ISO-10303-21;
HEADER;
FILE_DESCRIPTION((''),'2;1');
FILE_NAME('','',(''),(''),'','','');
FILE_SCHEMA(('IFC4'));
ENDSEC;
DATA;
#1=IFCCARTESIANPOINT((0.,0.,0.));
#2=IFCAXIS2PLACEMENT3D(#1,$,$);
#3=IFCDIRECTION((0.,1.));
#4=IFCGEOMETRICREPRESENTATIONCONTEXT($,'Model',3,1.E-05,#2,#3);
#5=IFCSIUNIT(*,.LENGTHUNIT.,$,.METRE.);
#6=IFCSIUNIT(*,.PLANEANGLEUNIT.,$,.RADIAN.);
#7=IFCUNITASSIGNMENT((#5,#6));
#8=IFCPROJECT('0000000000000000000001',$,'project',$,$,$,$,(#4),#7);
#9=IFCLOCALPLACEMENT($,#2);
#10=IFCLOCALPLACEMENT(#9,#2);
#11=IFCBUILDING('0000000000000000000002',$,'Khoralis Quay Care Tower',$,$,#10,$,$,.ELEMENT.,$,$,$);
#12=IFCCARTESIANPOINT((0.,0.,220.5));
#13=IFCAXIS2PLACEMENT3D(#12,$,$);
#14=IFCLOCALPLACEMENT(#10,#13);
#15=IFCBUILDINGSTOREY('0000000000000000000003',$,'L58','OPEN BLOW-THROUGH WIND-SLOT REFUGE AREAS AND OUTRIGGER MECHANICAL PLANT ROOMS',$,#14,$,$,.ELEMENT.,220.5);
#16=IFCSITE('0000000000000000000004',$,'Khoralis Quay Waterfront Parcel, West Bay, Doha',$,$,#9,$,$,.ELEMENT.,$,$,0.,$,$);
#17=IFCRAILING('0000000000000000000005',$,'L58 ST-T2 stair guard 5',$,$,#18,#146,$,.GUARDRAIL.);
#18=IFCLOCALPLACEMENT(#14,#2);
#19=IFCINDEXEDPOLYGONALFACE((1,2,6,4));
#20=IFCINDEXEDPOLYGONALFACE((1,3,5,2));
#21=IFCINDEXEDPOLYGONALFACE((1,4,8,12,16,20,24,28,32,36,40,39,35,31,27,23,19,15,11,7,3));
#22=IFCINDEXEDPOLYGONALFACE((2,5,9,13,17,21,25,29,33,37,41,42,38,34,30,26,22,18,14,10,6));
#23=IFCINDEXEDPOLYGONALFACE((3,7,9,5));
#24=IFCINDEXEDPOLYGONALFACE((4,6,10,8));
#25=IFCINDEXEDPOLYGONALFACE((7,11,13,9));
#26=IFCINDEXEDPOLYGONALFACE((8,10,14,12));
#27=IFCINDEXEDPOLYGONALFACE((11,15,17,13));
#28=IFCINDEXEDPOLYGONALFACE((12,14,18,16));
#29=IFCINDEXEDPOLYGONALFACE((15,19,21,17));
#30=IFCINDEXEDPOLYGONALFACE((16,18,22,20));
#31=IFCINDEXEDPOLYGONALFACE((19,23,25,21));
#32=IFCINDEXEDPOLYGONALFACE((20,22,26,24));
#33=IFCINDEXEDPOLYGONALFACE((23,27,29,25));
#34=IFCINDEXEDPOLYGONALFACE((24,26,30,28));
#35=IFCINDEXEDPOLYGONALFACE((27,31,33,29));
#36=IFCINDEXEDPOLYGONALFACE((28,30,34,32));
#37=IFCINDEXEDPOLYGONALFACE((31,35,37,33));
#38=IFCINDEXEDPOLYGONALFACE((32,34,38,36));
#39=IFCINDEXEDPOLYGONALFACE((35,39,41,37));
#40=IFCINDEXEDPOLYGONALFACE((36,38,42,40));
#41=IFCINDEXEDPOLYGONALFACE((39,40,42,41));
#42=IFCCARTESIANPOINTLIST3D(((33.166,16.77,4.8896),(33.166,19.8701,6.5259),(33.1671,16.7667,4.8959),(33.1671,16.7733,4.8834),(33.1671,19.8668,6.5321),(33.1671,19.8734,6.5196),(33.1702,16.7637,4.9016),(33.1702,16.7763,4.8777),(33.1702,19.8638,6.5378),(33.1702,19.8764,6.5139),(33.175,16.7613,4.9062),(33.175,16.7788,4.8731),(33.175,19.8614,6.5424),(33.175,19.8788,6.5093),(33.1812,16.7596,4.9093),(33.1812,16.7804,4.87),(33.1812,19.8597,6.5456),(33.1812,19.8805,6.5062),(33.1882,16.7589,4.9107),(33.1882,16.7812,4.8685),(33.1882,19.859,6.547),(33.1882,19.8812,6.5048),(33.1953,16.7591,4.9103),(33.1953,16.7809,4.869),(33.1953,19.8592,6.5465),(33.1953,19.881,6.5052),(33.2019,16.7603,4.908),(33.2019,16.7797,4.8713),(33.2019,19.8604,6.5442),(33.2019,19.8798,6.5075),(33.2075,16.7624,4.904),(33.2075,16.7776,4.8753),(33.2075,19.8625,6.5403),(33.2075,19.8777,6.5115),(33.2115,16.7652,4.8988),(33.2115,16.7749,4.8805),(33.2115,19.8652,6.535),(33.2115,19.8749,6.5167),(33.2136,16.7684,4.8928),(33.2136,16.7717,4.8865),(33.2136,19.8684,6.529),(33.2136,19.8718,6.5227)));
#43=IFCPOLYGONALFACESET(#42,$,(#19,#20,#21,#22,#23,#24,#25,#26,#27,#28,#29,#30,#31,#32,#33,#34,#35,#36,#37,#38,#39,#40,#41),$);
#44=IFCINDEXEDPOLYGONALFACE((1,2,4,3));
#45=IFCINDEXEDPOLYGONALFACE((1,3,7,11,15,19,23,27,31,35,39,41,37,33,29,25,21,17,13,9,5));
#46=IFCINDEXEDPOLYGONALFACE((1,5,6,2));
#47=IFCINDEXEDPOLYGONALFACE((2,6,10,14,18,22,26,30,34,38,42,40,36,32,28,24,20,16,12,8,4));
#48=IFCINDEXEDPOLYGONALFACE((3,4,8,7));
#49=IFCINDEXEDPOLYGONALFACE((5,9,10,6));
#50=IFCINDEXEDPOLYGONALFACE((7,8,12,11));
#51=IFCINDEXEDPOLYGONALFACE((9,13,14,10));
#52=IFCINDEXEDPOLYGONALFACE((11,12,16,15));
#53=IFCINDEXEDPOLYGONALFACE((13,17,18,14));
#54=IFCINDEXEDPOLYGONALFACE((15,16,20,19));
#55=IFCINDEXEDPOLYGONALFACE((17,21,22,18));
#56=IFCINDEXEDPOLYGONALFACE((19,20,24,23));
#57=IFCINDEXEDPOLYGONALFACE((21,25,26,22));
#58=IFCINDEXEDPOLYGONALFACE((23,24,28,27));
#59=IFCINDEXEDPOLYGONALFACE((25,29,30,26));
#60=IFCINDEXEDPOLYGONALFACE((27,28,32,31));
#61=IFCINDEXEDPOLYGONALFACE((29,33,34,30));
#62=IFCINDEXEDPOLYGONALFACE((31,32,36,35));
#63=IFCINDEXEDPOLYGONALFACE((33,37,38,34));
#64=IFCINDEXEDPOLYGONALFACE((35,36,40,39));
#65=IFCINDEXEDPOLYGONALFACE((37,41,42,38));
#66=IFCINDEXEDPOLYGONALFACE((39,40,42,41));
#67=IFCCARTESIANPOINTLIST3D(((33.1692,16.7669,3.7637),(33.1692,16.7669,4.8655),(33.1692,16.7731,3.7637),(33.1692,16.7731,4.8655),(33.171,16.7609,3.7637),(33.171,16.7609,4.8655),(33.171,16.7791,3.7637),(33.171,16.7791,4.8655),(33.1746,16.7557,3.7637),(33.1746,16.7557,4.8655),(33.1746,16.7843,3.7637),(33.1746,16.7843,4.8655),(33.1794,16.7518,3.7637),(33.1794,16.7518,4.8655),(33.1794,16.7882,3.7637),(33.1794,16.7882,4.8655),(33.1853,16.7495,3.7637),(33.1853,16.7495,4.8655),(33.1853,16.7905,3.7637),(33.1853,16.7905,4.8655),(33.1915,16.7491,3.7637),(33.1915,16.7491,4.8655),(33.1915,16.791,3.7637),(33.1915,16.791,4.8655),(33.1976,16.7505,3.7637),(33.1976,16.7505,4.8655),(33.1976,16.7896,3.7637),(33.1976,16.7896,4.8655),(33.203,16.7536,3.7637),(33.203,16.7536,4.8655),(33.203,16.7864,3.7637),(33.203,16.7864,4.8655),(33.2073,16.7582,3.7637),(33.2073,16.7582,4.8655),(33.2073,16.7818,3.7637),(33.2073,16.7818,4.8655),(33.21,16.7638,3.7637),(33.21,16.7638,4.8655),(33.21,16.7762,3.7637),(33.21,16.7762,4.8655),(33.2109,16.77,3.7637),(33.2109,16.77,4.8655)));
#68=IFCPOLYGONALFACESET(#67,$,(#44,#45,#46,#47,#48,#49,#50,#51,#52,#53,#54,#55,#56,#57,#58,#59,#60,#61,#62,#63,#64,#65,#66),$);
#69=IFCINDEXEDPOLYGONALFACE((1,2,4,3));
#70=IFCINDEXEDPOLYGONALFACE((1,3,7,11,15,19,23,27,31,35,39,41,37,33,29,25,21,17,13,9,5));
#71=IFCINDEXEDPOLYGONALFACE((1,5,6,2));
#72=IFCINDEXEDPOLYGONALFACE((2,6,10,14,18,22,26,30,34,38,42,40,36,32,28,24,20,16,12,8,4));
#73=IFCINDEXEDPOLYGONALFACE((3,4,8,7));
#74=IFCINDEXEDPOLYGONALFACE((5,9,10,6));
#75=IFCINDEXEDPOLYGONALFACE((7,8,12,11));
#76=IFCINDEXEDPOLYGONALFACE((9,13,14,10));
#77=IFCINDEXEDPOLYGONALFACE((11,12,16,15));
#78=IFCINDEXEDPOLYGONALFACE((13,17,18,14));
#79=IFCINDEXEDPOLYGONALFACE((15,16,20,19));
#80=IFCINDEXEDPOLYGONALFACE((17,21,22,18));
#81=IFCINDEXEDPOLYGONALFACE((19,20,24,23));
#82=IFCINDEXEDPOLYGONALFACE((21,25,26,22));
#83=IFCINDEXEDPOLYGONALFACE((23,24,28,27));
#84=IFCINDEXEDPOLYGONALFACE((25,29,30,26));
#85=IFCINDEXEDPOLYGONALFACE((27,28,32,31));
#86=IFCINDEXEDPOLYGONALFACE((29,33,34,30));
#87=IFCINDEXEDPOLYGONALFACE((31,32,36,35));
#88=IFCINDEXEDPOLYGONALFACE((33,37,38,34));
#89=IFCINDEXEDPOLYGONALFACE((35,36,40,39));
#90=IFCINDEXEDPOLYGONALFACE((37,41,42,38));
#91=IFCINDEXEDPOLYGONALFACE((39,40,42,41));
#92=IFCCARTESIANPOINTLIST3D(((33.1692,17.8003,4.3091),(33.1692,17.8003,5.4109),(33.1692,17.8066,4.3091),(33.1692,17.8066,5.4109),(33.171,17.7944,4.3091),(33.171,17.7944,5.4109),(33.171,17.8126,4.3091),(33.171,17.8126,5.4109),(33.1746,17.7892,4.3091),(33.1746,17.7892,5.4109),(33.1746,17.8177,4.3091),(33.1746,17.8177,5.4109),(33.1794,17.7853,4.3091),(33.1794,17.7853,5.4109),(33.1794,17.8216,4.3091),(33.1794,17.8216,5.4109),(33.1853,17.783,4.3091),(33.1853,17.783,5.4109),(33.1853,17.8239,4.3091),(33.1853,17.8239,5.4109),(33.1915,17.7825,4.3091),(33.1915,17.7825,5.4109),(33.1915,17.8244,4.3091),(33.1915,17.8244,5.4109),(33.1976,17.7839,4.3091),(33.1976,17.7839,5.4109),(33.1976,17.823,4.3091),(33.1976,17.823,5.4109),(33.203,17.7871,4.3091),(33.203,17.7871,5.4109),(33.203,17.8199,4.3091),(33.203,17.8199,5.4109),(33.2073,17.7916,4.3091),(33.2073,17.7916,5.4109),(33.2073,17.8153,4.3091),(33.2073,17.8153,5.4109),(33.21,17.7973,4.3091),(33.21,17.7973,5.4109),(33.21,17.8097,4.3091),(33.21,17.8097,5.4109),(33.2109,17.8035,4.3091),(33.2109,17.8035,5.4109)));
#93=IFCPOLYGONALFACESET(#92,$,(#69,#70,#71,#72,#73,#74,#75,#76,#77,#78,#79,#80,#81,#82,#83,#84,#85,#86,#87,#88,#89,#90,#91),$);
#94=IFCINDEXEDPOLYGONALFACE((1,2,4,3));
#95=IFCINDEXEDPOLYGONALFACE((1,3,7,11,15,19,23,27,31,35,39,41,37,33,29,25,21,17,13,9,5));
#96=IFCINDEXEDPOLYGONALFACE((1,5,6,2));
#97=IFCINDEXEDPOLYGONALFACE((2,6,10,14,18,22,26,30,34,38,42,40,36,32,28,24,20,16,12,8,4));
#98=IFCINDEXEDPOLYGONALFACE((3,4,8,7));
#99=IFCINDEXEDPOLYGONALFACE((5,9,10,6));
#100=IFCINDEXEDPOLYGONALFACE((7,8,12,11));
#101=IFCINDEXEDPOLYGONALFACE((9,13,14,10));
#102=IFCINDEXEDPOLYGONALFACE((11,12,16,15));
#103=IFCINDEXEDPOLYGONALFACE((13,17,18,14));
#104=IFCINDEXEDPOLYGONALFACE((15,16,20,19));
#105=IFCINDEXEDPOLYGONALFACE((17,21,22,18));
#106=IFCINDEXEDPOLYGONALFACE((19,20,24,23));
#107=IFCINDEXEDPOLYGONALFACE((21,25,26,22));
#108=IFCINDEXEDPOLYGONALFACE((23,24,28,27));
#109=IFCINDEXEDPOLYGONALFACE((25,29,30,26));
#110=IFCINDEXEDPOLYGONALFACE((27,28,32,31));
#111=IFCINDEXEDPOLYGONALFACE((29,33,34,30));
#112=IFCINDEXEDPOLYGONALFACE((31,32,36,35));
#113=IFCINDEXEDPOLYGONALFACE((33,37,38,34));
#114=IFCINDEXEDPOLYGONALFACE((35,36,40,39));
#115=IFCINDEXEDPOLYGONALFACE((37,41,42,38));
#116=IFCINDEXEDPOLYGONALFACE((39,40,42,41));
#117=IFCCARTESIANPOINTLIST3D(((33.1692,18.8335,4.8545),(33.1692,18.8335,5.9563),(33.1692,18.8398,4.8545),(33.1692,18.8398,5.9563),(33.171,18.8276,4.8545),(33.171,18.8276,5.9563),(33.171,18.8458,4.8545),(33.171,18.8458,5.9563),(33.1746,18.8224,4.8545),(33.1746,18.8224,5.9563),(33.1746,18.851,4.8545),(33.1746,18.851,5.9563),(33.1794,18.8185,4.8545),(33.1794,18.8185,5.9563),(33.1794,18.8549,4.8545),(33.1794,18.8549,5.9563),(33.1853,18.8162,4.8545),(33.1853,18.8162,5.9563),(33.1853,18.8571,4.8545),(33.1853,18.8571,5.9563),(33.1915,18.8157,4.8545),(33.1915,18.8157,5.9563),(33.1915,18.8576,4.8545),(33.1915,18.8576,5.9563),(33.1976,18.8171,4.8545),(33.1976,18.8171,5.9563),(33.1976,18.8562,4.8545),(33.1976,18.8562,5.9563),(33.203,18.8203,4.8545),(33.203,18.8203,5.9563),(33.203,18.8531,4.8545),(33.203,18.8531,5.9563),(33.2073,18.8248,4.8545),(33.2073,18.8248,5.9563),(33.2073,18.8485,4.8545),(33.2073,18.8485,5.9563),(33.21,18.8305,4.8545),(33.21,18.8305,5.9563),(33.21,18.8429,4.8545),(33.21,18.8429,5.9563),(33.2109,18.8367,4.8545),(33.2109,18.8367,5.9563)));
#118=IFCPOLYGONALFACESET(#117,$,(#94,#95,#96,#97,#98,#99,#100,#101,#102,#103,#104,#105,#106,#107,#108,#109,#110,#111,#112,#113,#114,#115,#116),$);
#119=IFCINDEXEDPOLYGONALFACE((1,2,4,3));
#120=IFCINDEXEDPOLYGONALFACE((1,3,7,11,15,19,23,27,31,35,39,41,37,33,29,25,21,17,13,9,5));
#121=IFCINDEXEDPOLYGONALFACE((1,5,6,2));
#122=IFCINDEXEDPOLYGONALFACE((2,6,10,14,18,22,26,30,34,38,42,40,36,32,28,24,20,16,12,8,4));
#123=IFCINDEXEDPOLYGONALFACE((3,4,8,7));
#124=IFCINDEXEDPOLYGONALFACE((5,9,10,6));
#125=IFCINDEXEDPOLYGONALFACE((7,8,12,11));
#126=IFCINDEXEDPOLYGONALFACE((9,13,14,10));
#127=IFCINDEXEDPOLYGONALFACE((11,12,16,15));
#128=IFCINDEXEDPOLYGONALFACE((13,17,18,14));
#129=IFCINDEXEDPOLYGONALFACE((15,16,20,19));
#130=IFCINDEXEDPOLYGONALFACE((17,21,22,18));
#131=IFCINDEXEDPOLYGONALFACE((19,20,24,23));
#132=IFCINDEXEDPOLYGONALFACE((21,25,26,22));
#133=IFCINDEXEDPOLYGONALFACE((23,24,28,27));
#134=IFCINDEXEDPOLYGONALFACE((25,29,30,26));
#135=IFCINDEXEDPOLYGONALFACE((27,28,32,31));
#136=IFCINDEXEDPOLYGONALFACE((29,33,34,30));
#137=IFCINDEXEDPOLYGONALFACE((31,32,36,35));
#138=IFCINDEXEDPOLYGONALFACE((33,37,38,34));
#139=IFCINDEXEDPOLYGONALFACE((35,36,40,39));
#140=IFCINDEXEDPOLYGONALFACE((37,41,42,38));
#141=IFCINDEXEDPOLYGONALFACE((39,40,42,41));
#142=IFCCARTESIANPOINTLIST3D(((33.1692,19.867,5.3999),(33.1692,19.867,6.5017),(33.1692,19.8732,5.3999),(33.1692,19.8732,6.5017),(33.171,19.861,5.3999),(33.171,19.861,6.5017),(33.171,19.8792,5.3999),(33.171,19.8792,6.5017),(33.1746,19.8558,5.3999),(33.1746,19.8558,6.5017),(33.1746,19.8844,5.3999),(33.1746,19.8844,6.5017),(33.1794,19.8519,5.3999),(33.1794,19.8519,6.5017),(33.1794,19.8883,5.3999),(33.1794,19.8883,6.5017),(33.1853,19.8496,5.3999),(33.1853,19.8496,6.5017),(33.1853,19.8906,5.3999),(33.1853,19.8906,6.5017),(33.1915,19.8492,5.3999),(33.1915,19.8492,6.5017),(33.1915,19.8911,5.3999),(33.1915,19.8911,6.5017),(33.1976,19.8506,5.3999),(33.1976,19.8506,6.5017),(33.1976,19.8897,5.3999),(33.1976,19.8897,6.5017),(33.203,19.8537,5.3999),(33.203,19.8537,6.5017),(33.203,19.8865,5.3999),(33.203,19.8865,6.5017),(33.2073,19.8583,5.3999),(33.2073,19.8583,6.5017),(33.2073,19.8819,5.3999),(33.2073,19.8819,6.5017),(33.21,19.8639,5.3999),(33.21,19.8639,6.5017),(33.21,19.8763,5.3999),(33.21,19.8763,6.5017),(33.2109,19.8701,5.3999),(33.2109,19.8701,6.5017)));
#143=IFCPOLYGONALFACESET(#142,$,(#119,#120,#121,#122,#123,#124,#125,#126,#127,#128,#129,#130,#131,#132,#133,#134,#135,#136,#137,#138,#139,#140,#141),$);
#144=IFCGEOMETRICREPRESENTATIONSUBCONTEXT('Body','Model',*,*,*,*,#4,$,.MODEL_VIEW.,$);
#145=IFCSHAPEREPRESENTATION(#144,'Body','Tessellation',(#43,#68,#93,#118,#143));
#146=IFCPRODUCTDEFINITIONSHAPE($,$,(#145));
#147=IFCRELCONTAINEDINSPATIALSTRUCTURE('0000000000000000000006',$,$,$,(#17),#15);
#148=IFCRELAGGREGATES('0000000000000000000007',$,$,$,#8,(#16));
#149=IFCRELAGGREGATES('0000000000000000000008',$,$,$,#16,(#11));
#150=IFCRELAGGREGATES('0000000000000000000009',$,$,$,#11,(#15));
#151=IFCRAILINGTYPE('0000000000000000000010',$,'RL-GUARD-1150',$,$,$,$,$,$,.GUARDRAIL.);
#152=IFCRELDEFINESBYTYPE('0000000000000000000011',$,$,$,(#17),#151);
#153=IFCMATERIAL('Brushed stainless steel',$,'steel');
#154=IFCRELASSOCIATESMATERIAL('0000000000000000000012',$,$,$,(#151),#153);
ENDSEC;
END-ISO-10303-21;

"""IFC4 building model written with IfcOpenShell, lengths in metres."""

from ifc_helpers import new_model, si_unit, direction, frame, origin, origin_2d, place, context, subcontext, project, spatial, circle, extrude, material, type_object, element, save


model = new_model("IFC4")

# Units and contexts
model_context = context("Model", 3, precision=1e-05, world=origin(), true_north=direction((0.0, 1.0)))
body_context = subcontext(model_context, "Body", "Model", "MODEL_VIEW")
ifc_project = project(units=[si_unit("LENGTHUNIT", "METRE"), si_unit("PLANEANGLEUNIT", "RADIAN")], contexts=[model_context])

# Site, building, storey
site_placement = place(None, origin())
site = spatial("IfcSite", under=ifc_project, at=site_placement, Name="Khoralis Quay Waterfront Parcel, West Bay, Doha", CompositionType="ELEMENT", RefElevation=0.0)
building_placement = place(site_placement, origin())
building = spatial("IfcBuilding", under=site, at=building_placement, Name="Khoralis Quay Care Tower", CompositionType="ELEMENT")
storey_placement = place(building_placement, frame((0.0, 0.0, 220.5)))
storey = spatial("IfcBuildingStorey", under=building, at=storey_placement, Name="L58", Description="OPEN BLOW-THROUGH WIND-SLOT REFUGE AREAS AND OUTRIGGER MECHANICAL PLANT ROOMS", CompositionType="ELEMENT", Elevation=220.5)

# Railing
ifc_material_1 = material(Name="Brushed stainless steel", Category="steel")
railing_type_1 = type_object("IfcRailingType", Name="RL-GUARD-1150", PredefinedType="GUARDRAIL", material=ifc_material_1)
railing_1_placement = place(storey_placement, frame((33.1899, 16.77, 3.7637)))
element("IfcRailing", 1, at=railing_1_placement, inside=storey, type_object=railing_type_1, Name="L58 ST-T2 stair guard 5", PredefinedType="GUARDRAIL", context=body_context, shape_type="SweptSolid", body=[
    extrude(circle(Radius=0.0239, at=origin_2d()), frame((0.0, 0.0, 1.126), z_axis=(0.0, 0.884377, 0.466774), x_axis=(-1.0, 0.0, 0.0)), (0.0, 0.0, 1.0), 3.5054),
    extrude(circle(Radius=0.021, at=origin_2d()), origin(), (0.0, 0.0, 1.0), 1.1018),
    extrude(circle(Radius=0.021, at=origin_2d()), frame((0.0, 1.0334, 0.5454)), (0.0, 0.0, 1.0), 1.1018),
    extrude(circle(Radius=0.021, at=origin_2d()), frame((0.0, 2.0667, 1.0908)), (0.0, 0.0, 1.0), 1.1018),
    extrude(circle(Radius=0.021, at=origin_2d()), frame((0.0, 3.1001, 1.6362)), (0.0, 0.0, 1.0), 1.1018),
])

save(model, "model.ifc")
